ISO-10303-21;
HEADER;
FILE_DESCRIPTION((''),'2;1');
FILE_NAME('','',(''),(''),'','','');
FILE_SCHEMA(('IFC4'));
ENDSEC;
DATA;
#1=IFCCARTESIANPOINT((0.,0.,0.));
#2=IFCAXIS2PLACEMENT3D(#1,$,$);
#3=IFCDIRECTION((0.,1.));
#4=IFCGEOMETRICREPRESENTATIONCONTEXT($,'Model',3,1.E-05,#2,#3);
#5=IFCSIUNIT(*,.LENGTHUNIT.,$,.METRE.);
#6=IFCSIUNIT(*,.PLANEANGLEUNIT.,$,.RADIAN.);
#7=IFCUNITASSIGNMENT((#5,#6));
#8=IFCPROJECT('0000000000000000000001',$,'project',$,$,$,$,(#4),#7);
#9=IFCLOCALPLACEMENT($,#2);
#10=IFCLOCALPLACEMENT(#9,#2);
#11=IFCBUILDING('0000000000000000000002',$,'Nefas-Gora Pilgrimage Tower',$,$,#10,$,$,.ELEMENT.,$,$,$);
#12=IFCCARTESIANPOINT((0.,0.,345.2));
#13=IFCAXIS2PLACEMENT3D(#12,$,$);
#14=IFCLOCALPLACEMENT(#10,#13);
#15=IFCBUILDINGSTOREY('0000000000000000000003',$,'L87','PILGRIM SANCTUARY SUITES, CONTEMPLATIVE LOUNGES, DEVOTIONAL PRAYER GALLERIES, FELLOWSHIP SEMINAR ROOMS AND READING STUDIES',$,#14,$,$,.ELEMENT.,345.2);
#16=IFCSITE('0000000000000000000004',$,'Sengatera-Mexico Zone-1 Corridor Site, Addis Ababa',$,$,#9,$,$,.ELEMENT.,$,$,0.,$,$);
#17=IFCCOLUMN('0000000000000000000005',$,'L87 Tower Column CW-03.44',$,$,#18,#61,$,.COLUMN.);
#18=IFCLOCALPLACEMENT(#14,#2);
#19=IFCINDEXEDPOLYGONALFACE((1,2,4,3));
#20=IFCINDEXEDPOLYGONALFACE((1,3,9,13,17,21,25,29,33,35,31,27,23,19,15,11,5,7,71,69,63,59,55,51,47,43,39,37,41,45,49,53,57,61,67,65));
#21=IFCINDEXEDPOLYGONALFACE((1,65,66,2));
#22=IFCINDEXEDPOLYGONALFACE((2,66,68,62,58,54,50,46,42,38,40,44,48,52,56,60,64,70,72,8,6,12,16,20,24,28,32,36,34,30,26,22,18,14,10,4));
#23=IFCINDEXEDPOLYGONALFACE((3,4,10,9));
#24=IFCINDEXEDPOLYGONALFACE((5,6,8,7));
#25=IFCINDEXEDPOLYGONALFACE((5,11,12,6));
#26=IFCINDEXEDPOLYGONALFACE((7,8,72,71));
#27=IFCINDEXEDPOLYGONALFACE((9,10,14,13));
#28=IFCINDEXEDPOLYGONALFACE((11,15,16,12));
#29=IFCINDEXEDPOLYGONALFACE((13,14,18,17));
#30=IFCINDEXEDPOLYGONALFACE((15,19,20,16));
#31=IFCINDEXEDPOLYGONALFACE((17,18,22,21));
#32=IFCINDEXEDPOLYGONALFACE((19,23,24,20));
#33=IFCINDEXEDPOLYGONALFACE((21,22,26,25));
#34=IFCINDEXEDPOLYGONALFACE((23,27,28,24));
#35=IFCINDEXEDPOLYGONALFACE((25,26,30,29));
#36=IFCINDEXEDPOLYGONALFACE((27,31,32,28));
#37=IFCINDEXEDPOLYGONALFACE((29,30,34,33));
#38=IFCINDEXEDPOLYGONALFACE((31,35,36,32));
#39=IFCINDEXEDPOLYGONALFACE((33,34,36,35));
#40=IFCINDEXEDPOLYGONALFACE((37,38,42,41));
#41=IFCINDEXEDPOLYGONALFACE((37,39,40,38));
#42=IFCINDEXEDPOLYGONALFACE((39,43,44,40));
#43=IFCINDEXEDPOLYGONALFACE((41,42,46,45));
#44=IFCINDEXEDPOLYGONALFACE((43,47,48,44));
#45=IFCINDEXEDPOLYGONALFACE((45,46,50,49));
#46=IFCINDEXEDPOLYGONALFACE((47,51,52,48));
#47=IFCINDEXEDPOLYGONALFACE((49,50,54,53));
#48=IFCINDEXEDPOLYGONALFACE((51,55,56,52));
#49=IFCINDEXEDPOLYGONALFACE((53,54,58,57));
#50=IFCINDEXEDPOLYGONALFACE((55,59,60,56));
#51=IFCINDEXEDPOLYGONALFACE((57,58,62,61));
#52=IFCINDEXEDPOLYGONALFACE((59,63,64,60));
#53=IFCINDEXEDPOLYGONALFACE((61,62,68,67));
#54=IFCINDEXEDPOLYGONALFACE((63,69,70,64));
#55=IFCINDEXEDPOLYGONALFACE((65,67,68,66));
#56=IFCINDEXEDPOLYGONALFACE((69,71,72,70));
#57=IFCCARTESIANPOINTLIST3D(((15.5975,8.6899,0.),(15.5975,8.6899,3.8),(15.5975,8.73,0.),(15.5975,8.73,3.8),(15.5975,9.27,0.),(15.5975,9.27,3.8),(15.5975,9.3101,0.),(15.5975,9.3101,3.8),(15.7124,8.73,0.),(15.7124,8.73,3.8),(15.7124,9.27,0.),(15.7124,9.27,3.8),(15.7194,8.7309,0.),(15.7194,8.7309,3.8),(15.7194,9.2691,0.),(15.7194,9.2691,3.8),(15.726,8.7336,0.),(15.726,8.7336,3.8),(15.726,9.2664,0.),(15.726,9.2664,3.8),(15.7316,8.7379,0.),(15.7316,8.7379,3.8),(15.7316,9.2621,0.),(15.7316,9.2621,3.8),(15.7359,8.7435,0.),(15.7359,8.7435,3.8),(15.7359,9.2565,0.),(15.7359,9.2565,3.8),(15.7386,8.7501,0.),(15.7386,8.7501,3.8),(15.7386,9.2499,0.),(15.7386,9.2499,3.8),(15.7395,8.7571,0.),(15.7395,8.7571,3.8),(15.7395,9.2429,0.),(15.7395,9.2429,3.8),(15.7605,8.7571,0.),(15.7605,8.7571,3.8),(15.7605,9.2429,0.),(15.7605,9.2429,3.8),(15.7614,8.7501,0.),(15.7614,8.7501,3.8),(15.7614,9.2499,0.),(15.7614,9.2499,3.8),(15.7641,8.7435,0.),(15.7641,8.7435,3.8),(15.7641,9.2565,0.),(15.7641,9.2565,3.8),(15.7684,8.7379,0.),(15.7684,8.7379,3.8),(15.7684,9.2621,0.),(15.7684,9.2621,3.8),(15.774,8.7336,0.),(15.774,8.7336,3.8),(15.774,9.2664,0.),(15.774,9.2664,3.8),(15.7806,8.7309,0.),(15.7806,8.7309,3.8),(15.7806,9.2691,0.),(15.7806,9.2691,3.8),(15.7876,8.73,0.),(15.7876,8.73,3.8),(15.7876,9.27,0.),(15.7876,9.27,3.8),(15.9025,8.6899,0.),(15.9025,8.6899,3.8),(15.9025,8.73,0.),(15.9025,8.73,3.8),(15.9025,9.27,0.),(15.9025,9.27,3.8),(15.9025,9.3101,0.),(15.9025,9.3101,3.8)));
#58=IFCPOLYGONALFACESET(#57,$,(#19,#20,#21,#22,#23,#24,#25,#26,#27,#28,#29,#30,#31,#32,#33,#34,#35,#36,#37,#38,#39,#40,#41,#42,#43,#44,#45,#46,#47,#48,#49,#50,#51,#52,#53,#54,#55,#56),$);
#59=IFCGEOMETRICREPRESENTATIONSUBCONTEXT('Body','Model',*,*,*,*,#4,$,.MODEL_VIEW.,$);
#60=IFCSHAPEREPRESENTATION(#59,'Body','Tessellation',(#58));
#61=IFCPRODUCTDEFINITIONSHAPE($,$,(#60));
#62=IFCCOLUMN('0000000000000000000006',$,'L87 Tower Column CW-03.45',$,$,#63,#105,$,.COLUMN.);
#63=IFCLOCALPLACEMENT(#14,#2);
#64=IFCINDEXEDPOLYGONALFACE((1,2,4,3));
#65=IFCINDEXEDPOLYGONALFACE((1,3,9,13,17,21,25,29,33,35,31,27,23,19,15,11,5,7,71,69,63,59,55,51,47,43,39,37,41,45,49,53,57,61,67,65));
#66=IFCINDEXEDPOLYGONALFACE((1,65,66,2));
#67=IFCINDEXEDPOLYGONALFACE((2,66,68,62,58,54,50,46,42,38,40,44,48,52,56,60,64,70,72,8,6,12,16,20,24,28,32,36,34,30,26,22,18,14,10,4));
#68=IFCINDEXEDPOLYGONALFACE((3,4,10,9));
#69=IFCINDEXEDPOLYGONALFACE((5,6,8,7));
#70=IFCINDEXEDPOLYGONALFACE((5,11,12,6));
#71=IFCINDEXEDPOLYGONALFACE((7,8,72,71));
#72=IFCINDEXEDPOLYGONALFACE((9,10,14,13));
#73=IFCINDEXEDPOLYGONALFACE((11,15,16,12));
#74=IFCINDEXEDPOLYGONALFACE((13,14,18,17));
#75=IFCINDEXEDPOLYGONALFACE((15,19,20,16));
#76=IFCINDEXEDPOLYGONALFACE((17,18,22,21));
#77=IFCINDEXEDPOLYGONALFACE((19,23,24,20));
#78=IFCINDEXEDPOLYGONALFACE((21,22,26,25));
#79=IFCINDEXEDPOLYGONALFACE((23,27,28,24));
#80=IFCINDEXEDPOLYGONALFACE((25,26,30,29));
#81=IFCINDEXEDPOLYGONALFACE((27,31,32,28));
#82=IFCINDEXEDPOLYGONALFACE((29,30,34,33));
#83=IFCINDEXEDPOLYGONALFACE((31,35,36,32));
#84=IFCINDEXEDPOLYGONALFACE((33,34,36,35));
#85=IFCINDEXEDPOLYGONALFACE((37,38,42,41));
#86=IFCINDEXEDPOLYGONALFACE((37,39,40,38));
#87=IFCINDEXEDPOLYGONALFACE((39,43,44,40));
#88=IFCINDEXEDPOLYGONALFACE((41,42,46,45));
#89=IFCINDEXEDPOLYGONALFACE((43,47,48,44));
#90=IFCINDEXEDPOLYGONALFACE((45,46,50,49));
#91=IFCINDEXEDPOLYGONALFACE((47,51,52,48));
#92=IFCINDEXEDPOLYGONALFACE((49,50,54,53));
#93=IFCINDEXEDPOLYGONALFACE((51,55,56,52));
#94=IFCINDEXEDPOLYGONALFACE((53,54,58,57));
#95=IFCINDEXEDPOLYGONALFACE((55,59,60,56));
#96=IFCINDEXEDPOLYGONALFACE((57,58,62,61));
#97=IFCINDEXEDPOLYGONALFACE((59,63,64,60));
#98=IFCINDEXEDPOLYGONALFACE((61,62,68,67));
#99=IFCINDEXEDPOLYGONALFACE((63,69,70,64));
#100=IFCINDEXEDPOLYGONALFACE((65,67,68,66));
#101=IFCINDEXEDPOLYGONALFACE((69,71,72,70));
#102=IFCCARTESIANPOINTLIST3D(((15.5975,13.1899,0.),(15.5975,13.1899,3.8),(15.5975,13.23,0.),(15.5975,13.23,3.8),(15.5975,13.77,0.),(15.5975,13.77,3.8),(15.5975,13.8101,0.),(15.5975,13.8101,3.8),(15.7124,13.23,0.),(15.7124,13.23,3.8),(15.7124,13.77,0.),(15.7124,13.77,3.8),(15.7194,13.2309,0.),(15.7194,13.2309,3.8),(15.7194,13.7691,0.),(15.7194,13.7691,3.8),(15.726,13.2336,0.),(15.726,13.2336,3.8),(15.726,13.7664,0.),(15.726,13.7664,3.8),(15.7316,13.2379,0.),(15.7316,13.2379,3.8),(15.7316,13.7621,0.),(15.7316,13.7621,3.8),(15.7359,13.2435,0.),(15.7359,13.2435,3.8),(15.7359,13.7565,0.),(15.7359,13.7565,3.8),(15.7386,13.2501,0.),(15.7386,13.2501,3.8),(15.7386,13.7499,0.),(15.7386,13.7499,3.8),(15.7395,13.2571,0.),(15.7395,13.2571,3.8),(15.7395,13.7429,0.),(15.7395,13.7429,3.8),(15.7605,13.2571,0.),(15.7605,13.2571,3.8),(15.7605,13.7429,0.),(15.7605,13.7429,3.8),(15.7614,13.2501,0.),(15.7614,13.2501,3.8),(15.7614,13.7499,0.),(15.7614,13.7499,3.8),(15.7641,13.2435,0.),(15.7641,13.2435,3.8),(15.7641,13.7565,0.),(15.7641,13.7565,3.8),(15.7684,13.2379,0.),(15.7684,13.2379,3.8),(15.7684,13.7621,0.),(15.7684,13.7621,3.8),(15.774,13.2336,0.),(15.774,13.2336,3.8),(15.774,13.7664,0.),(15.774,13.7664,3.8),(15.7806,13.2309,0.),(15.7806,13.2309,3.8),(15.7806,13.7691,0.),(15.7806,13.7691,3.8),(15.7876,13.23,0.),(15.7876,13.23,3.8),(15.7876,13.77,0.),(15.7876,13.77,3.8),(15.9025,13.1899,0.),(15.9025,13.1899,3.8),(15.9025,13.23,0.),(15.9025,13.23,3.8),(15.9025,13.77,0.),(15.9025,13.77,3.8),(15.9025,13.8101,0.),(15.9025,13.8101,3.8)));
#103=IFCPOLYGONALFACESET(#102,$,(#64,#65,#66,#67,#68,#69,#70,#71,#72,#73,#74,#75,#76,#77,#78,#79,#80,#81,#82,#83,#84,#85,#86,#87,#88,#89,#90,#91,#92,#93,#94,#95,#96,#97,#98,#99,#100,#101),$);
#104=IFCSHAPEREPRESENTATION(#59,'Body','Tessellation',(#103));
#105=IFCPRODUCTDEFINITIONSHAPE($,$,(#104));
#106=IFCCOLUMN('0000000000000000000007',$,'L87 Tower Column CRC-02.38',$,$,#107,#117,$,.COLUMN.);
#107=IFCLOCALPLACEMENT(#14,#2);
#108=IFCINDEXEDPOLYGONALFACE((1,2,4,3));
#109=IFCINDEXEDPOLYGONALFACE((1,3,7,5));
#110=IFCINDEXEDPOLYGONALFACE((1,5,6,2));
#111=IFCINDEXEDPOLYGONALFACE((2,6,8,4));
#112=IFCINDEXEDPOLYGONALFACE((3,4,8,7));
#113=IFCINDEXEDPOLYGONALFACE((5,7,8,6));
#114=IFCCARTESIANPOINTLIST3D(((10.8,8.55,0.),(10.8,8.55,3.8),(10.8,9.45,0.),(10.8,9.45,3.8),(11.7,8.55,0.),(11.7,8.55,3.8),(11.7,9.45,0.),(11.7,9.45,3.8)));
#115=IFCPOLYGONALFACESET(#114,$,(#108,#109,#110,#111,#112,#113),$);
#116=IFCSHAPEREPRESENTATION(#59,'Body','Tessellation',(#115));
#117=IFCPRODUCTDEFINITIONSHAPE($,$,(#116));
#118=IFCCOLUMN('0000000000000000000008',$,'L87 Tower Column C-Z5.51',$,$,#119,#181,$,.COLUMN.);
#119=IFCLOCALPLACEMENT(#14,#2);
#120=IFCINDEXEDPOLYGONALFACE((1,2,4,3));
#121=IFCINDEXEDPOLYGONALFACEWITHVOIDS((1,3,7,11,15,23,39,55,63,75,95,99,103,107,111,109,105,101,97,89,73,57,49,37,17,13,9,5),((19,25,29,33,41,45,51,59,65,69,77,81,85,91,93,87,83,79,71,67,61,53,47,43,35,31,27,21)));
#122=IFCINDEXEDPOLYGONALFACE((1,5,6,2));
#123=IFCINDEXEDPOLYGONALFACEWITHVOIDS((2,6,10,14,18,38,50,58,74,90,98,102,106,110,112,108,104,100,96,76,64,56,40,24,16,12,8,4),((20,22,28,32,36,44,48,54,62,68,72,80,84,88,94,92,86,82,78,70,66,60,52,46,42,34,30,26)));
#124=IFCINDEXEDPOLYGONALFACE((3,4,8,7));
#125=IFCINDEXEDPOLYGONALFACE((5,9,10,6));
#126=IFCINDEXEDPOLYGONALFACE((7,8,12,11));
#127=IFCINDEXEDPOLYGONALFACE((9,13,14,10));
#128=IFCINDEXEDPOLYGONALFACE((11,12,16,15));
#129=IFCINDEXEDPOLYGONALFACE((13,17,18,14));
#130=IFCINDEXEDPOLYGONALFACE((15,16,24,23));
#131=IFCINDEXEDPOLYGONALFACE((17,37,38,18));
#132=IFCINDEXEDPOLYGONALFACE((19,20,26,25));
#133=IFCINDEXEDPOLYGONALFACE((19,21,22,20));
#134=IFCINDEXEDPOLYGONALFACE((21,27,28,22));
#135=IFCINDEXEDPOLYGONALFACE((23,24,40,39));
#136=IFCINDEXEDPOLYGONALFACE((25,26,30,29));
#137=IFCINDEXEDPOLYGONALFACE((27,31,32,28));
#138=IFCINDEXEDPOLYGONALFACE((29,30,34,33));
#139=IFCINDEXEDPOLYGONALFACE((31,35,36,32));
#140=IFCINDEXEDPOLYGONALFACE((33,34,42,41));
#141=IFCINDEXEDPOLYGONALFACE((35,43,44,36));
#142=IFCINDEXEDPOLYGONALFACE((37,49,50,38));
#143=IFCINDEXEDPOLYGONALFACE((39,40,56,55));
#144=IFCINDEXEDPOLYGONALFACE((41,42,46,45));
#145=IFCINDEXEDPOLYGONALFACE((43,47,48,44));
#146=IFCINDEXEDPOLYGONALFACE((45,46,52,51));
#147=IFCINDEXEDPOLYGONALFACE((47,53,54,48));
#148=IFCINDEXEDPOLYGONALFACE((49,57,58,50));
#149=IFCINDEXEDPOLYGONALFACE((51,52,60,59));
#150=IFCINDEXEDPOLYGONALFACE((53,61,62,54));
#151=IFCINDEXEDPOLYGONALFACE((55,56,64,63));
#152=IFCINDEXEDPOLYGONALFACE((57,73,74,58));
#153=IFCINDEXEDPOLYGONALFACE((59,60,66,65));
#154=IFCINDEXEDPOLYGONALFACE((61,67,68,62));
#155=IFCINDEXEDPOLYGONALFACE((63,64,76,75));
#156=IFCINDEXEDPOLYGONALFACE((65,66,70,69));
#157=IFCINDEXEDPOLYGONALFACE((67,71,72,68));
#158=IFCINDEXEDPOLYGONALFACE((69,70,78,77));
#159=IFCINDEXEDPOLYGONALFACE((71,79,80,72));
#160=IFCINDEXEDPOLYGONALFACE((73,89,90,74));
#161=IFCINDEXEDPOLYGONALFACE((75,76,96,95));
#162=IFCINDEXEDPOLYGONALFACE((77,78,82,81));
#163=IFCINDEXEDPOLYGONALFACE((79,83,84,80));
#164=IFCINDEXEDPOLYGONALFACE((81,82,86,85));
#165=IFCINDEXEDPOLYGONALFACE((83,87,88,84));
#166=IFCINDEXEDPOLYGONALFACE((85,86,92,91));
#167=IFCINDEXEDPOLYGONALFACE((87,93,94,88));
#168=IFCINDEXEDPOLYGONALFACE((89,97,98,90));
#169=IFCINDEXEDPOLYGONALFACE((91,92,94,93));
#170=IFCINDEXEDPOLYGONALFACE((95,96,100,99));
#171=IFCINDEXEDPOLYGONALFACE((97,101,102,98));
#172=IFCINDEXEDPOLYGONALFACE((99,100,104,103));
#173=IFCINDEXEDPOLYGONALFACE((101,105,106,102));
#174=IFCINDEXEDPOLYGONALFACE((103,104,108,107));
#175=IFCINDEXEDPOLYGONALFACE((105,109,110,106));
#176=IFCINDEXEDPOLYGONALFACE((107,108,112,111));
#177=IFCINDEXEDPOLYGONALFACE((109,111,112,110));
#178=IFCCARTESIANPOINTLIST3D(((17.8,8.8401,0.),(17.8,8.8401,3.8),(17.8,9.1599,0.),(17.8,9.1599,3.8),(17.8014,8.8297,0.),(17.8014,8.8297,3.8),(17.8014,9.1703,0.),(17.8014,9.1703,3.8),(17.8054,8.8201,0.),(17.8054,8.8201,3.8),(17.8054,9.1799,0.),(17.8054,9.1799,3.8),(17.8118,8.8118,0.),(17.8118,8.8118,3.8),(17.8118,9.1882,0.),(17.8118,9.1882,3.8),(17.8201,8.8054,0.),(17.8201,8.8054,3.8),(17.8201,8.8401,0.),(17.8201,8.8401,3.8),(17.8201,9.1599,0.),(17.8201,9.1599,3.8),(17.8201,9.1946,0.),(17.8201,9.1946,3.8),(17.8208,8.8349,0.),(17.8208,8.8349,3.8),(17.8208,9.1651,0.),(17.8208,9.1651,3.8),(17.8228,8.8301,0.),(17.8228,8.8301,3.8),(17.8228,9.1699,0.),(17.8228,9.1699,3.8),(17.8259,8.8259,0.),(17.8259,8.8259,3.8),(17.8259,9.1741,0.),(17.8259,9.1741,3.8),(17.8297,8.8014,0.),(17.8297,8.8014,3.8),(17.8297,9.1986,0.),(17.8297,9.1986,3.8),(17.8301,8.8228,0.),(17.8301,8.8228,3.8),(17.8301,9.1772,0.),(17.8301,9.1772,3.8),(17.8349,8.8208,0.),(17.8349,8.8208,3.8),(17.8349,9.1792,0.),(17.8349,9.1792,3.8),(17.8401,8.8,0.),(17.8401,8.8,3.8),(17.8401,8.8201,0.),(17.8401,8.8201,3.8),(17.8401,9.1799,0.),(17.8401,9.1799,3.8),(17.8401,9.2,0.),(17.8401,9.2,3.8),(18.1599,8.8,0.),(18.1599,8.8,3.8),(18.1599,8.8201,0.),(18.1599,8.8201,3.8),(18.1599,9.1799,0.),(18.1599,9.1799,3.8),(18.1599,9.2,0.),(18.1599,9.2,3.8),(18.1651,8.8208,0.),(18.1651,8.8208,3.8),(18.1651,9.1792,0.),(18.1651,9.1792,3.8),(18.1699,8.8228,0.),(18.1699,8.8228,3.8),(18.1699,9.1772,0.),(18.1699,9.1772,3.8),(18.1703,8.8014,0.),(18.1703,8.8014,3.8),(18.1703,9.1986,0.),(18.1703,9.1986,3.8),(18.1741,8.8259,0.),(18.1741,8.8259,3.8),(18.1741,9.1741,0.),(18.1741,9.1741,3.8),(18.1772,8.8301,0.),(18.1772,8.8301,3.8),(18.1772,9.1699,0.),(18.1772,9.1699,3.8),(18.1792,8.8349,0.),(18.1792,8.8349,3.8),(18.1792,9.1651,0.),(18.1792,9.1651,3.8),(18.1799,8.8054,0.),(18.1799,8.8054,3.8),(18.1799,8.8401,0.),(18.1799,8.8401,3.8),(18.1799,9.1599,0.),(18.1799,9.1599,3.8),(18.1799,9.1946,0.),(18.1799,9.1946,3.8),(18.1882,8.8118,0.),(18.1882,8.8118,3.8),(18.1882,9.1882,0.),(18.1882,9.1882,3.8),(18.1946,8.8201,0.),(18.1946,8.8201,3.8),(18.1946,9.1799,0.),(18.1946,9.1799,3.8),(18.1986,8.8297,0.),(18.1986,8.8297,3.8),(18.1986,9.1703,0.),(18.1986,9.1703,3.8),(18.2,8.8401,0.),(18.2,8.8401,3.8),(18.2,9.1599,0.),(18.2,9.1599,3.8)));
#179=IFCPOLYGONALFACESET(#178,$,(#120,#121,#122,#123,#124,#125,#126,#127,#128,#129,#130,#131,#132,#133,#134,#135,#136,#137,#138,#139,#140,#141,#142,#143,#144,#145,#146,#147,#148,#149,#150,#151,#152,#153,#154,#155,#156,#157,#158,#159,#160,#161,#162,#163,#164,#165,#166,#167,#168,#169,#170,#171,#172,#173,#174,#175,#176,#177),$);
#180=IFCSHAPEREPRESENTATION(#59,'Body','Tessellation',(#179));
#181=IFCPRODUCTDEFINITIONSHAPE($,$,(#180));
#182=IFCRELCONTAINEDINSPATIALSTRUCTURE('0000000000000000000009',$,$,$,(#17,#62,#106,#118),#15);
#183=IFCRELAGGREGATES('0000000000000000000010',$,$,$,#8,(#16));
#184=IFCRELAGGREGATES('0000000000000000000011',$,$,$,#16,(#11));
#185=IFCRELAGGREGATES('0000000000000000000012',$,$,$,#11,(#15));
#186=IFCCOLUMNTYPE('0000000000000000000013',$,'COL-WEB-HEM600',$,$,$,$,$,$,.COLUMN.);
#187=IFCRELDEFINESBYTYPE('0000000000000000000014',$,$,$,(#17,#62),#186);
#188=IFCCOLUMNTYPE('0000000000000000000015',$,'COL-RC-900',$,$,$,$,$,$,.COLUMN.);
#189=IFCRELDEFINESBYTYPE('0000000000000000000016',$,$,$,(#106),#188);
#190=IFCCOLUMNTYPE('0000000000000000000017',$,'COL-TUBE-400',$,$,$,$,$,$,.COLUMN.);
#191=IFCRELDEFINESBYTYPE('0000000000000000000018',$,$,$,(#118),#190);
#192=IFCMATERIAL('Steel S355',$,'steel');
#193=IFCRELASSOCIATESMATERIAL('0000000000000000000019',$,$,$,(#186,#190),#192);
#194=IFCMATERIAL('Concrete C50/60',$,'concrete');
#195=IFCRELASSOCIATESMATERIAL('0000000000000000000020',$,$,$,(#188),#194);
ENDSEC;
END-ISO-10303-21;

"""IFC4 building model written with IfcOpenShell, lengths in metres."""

from ifc_helpers import new_model, si_unit, direction, frame, origin, origin_2d, place, context, subcontext, project, spatial, rectangle, hollow_rectangle, i_section, extrude, source, transform, mapped, material, material_profile, profile_set, type_object, element, save


model = new_model("IFC4")

# Units and contexts
model_context = context("Model", 3, precision=1e-05, world=origin(), true_north=direction((0.0, 1.0)))
body_context = subcontext(model_context, "Body", "Model", "MODEL_VIEW")
ifc_project = project(units=[si_unit("LENGTHUNIT", "METRE"), si_unit("PLANEANGLEUNIT", "RADIAN")], contexts=[model_context])

# Site, building, storey
site_placement = place(None, origin())
site = spatial("IfcSite", under=ifc_project, at=site_placement, Name="Sengatera-Mexico Zone-1 Corridor Site, Addis Ababa", CompositionType="ELEMENT", RefElevation=0.0)
building_placement = place(site_placement, origin())
building = spatial("IfcBuilding", under=site, at=building_placement, Name="Nefas-Gora Pilgrimage Tower", CompositionType="ELEMENT")
storey_placement = place(building_placement, frame((0.0, 0.0, 345.2)))
storey = spatial("IfcBuildingStorey", under=building, at=storey_placement, Name="L87", Description="PILGRIM SANCTUARY SUITES, CONTEMPLATIVE LOUNGES, DEVOTIONAL PRAYER GALLERIES, FELLOWSHIP SEMINAR ROOMS AND READING STUDIES", CompositionType="ELEMENT", Elevation=345.2)

# Columns
ifc_material_1 = material(Name="Steel S355", Category="steel")
ifc_material_profile_1 = material_profile(ifc_material_1, i_section(OverallWidth=0.3049, OverallDepth=0.6201, WebThickness=0.021, FlangeThickness=0.04, FilletRadius=0.0271, at=origin_2d()), Name="HEM 600")
ifc_profile_set_1 = profile_set([ifc_material_profile_1], Name="Steel S355")
column_type_1 = type_object("IfcColumnType", Name="COL-WEB-HEM600", PredefinedType="COLUMN", material=ifc_profile_set_1)
shared_shape_1 = source(origin(), body_context, "Body", "SweptSolid", [
    extrude(i_section(OverallWidth=0.3049, OverallDepth=0.6201, WebThickness=0.021, FlangeThickness=0.04, FilletRadius=0.0271, at=origin_2d()), origin(), (0.0, 0.0, 1.0), 3.8),
])
for number, where, z_axis, x_axis, name in (
    (1, (15.75, 9.0, 0.0), (0.0, 0.0, 1.0), (1.0, 0.0, 0.0), "L87 Tower Column CW-03.44"),
    (2, (15.75, 13.5, 0.0), (0.0, 0.0, 1.0), (1.0, 0.0, 0.0), "L87 Tower Column CW-03.45"),
):
    element("IfcColumn", number, at=place(storey_placement, frame(where, z_axis=z_axis, x_axis=x_axis)), inside=storey, type_object=column_type_1, Name=name, PredefinedType="COLUMN", context=body_context, shape_type="MappedRepresentation", body=[
        mapped(shared_shape_1, transform((0.0, 0.0, 0.0), x_axis=(1.0, 0.0, 0.0), y_axis=(0.0, 1.0, 0.0), z_axis=(0.0, 0.0, 1.0), scale=1.0)),
    ])
ifc_material_2 = material(Name="Concrete C50/60", Category="concrete")
ifc_material_profile_2 = material_profile(ifc_material_2, rectangle(XDim=0.8999, YDim=0.8999, at=origin_2d()), Name="RC 900x900")
ifc_profile_set_2 = profile_set([ifc_material_profile_2], Name="Concrete C50/60")
column_type_2 = type_object("IfcColumnType", Name="COL-RC-900", PredefinedType="COLUMN", material=ifc_profile_set_2)
shared_shape_2 = source(origin(), body_context, "Body", "SweptSolid", [
    extrude(rectangle(XDim=0.8999, YDim=0.8999, at=origin_2d()), origin(), (0.0, 0.0, 1.0), 3.8),
])
column_placement = place(storey_placement, frame((11.25, 9.0, 0.0), z_axis=(0.0, 0.0, 1.0), x_axis=(1.0, 0.0, 0.0)))
element("IfcColumn", 3, at=column_placement, inside=storey, type_object=column_type_2, Name="L87 Tower Column CRC-02.38", PredefinedType="COLUMN", context=body_context, shape_type="MappedRepresentation", body=[
    mapped(shared_shape_2, transform((0.0, 0.0, 0.0), x_axis=(1.0, 0.0, 0.0), y_axis=(0.0, 1.0, 0.0), z_axis=(0.0, 0.0, 1.0), scale=1.0)),
])
ifc_material_profile_3 = material_profile(ifc_material_1, hollow_rectangle(XDim=0.3999, YDim=0.3999, WallThickness=0.02, InnerFilletRadius=0.02, OuterFilletRadius=0.04, at=origin_2d()), Name="SHS 400x400x20")
ifc_profile_set_3 = profile_set([ifc_material_profile_3], Name="Steel S355")
column_type_3 = type_object("IfcColumnType", Name="COL-TUBE-400", PredefinedType="COLUMN", material=ifc_profile_set_3)
shared_shape_3 = source(origin(), body_context, "Body", "SweptSolid", [
    extrude(hollow_rectangle(XDim=0.3999, YDim=0.3999, WallThickness=0.02, InnerFilletRadius=0.02, OuterFilletRadius=0.04, at=origin_2d()), origin(), (0.0, 0.0, 1.0), 3.8),
])
for number, where, z_axis, x_axis, name in (
    (4, (18.0, 9.0, 0.0), (0.0, 0.0, 1.0), (1.0, 0.0, 0.0), "L87 Tower Column C-Z5.51"),
):
    element("IfcColumn", number, at=place(storey_placement, frame(where, z_axis=z_axis, x_axis=x_axis)), inside=storey, type_object=column_type_3, Name=name, PredefinedType="COLUMN", context=body_context, shape_type="MappedRepresentation", body=[
        mapped(shared_shape_3, transform((0.0, 0.0, 0.0), x_axis=(1.0, 0.0, 0.0), y_axis=(0.0, 1.0, 0.0), z_axis=(0.0, 0.0, 1.0), scale=1.0)),
    ])

save(model, "model.ifc")
